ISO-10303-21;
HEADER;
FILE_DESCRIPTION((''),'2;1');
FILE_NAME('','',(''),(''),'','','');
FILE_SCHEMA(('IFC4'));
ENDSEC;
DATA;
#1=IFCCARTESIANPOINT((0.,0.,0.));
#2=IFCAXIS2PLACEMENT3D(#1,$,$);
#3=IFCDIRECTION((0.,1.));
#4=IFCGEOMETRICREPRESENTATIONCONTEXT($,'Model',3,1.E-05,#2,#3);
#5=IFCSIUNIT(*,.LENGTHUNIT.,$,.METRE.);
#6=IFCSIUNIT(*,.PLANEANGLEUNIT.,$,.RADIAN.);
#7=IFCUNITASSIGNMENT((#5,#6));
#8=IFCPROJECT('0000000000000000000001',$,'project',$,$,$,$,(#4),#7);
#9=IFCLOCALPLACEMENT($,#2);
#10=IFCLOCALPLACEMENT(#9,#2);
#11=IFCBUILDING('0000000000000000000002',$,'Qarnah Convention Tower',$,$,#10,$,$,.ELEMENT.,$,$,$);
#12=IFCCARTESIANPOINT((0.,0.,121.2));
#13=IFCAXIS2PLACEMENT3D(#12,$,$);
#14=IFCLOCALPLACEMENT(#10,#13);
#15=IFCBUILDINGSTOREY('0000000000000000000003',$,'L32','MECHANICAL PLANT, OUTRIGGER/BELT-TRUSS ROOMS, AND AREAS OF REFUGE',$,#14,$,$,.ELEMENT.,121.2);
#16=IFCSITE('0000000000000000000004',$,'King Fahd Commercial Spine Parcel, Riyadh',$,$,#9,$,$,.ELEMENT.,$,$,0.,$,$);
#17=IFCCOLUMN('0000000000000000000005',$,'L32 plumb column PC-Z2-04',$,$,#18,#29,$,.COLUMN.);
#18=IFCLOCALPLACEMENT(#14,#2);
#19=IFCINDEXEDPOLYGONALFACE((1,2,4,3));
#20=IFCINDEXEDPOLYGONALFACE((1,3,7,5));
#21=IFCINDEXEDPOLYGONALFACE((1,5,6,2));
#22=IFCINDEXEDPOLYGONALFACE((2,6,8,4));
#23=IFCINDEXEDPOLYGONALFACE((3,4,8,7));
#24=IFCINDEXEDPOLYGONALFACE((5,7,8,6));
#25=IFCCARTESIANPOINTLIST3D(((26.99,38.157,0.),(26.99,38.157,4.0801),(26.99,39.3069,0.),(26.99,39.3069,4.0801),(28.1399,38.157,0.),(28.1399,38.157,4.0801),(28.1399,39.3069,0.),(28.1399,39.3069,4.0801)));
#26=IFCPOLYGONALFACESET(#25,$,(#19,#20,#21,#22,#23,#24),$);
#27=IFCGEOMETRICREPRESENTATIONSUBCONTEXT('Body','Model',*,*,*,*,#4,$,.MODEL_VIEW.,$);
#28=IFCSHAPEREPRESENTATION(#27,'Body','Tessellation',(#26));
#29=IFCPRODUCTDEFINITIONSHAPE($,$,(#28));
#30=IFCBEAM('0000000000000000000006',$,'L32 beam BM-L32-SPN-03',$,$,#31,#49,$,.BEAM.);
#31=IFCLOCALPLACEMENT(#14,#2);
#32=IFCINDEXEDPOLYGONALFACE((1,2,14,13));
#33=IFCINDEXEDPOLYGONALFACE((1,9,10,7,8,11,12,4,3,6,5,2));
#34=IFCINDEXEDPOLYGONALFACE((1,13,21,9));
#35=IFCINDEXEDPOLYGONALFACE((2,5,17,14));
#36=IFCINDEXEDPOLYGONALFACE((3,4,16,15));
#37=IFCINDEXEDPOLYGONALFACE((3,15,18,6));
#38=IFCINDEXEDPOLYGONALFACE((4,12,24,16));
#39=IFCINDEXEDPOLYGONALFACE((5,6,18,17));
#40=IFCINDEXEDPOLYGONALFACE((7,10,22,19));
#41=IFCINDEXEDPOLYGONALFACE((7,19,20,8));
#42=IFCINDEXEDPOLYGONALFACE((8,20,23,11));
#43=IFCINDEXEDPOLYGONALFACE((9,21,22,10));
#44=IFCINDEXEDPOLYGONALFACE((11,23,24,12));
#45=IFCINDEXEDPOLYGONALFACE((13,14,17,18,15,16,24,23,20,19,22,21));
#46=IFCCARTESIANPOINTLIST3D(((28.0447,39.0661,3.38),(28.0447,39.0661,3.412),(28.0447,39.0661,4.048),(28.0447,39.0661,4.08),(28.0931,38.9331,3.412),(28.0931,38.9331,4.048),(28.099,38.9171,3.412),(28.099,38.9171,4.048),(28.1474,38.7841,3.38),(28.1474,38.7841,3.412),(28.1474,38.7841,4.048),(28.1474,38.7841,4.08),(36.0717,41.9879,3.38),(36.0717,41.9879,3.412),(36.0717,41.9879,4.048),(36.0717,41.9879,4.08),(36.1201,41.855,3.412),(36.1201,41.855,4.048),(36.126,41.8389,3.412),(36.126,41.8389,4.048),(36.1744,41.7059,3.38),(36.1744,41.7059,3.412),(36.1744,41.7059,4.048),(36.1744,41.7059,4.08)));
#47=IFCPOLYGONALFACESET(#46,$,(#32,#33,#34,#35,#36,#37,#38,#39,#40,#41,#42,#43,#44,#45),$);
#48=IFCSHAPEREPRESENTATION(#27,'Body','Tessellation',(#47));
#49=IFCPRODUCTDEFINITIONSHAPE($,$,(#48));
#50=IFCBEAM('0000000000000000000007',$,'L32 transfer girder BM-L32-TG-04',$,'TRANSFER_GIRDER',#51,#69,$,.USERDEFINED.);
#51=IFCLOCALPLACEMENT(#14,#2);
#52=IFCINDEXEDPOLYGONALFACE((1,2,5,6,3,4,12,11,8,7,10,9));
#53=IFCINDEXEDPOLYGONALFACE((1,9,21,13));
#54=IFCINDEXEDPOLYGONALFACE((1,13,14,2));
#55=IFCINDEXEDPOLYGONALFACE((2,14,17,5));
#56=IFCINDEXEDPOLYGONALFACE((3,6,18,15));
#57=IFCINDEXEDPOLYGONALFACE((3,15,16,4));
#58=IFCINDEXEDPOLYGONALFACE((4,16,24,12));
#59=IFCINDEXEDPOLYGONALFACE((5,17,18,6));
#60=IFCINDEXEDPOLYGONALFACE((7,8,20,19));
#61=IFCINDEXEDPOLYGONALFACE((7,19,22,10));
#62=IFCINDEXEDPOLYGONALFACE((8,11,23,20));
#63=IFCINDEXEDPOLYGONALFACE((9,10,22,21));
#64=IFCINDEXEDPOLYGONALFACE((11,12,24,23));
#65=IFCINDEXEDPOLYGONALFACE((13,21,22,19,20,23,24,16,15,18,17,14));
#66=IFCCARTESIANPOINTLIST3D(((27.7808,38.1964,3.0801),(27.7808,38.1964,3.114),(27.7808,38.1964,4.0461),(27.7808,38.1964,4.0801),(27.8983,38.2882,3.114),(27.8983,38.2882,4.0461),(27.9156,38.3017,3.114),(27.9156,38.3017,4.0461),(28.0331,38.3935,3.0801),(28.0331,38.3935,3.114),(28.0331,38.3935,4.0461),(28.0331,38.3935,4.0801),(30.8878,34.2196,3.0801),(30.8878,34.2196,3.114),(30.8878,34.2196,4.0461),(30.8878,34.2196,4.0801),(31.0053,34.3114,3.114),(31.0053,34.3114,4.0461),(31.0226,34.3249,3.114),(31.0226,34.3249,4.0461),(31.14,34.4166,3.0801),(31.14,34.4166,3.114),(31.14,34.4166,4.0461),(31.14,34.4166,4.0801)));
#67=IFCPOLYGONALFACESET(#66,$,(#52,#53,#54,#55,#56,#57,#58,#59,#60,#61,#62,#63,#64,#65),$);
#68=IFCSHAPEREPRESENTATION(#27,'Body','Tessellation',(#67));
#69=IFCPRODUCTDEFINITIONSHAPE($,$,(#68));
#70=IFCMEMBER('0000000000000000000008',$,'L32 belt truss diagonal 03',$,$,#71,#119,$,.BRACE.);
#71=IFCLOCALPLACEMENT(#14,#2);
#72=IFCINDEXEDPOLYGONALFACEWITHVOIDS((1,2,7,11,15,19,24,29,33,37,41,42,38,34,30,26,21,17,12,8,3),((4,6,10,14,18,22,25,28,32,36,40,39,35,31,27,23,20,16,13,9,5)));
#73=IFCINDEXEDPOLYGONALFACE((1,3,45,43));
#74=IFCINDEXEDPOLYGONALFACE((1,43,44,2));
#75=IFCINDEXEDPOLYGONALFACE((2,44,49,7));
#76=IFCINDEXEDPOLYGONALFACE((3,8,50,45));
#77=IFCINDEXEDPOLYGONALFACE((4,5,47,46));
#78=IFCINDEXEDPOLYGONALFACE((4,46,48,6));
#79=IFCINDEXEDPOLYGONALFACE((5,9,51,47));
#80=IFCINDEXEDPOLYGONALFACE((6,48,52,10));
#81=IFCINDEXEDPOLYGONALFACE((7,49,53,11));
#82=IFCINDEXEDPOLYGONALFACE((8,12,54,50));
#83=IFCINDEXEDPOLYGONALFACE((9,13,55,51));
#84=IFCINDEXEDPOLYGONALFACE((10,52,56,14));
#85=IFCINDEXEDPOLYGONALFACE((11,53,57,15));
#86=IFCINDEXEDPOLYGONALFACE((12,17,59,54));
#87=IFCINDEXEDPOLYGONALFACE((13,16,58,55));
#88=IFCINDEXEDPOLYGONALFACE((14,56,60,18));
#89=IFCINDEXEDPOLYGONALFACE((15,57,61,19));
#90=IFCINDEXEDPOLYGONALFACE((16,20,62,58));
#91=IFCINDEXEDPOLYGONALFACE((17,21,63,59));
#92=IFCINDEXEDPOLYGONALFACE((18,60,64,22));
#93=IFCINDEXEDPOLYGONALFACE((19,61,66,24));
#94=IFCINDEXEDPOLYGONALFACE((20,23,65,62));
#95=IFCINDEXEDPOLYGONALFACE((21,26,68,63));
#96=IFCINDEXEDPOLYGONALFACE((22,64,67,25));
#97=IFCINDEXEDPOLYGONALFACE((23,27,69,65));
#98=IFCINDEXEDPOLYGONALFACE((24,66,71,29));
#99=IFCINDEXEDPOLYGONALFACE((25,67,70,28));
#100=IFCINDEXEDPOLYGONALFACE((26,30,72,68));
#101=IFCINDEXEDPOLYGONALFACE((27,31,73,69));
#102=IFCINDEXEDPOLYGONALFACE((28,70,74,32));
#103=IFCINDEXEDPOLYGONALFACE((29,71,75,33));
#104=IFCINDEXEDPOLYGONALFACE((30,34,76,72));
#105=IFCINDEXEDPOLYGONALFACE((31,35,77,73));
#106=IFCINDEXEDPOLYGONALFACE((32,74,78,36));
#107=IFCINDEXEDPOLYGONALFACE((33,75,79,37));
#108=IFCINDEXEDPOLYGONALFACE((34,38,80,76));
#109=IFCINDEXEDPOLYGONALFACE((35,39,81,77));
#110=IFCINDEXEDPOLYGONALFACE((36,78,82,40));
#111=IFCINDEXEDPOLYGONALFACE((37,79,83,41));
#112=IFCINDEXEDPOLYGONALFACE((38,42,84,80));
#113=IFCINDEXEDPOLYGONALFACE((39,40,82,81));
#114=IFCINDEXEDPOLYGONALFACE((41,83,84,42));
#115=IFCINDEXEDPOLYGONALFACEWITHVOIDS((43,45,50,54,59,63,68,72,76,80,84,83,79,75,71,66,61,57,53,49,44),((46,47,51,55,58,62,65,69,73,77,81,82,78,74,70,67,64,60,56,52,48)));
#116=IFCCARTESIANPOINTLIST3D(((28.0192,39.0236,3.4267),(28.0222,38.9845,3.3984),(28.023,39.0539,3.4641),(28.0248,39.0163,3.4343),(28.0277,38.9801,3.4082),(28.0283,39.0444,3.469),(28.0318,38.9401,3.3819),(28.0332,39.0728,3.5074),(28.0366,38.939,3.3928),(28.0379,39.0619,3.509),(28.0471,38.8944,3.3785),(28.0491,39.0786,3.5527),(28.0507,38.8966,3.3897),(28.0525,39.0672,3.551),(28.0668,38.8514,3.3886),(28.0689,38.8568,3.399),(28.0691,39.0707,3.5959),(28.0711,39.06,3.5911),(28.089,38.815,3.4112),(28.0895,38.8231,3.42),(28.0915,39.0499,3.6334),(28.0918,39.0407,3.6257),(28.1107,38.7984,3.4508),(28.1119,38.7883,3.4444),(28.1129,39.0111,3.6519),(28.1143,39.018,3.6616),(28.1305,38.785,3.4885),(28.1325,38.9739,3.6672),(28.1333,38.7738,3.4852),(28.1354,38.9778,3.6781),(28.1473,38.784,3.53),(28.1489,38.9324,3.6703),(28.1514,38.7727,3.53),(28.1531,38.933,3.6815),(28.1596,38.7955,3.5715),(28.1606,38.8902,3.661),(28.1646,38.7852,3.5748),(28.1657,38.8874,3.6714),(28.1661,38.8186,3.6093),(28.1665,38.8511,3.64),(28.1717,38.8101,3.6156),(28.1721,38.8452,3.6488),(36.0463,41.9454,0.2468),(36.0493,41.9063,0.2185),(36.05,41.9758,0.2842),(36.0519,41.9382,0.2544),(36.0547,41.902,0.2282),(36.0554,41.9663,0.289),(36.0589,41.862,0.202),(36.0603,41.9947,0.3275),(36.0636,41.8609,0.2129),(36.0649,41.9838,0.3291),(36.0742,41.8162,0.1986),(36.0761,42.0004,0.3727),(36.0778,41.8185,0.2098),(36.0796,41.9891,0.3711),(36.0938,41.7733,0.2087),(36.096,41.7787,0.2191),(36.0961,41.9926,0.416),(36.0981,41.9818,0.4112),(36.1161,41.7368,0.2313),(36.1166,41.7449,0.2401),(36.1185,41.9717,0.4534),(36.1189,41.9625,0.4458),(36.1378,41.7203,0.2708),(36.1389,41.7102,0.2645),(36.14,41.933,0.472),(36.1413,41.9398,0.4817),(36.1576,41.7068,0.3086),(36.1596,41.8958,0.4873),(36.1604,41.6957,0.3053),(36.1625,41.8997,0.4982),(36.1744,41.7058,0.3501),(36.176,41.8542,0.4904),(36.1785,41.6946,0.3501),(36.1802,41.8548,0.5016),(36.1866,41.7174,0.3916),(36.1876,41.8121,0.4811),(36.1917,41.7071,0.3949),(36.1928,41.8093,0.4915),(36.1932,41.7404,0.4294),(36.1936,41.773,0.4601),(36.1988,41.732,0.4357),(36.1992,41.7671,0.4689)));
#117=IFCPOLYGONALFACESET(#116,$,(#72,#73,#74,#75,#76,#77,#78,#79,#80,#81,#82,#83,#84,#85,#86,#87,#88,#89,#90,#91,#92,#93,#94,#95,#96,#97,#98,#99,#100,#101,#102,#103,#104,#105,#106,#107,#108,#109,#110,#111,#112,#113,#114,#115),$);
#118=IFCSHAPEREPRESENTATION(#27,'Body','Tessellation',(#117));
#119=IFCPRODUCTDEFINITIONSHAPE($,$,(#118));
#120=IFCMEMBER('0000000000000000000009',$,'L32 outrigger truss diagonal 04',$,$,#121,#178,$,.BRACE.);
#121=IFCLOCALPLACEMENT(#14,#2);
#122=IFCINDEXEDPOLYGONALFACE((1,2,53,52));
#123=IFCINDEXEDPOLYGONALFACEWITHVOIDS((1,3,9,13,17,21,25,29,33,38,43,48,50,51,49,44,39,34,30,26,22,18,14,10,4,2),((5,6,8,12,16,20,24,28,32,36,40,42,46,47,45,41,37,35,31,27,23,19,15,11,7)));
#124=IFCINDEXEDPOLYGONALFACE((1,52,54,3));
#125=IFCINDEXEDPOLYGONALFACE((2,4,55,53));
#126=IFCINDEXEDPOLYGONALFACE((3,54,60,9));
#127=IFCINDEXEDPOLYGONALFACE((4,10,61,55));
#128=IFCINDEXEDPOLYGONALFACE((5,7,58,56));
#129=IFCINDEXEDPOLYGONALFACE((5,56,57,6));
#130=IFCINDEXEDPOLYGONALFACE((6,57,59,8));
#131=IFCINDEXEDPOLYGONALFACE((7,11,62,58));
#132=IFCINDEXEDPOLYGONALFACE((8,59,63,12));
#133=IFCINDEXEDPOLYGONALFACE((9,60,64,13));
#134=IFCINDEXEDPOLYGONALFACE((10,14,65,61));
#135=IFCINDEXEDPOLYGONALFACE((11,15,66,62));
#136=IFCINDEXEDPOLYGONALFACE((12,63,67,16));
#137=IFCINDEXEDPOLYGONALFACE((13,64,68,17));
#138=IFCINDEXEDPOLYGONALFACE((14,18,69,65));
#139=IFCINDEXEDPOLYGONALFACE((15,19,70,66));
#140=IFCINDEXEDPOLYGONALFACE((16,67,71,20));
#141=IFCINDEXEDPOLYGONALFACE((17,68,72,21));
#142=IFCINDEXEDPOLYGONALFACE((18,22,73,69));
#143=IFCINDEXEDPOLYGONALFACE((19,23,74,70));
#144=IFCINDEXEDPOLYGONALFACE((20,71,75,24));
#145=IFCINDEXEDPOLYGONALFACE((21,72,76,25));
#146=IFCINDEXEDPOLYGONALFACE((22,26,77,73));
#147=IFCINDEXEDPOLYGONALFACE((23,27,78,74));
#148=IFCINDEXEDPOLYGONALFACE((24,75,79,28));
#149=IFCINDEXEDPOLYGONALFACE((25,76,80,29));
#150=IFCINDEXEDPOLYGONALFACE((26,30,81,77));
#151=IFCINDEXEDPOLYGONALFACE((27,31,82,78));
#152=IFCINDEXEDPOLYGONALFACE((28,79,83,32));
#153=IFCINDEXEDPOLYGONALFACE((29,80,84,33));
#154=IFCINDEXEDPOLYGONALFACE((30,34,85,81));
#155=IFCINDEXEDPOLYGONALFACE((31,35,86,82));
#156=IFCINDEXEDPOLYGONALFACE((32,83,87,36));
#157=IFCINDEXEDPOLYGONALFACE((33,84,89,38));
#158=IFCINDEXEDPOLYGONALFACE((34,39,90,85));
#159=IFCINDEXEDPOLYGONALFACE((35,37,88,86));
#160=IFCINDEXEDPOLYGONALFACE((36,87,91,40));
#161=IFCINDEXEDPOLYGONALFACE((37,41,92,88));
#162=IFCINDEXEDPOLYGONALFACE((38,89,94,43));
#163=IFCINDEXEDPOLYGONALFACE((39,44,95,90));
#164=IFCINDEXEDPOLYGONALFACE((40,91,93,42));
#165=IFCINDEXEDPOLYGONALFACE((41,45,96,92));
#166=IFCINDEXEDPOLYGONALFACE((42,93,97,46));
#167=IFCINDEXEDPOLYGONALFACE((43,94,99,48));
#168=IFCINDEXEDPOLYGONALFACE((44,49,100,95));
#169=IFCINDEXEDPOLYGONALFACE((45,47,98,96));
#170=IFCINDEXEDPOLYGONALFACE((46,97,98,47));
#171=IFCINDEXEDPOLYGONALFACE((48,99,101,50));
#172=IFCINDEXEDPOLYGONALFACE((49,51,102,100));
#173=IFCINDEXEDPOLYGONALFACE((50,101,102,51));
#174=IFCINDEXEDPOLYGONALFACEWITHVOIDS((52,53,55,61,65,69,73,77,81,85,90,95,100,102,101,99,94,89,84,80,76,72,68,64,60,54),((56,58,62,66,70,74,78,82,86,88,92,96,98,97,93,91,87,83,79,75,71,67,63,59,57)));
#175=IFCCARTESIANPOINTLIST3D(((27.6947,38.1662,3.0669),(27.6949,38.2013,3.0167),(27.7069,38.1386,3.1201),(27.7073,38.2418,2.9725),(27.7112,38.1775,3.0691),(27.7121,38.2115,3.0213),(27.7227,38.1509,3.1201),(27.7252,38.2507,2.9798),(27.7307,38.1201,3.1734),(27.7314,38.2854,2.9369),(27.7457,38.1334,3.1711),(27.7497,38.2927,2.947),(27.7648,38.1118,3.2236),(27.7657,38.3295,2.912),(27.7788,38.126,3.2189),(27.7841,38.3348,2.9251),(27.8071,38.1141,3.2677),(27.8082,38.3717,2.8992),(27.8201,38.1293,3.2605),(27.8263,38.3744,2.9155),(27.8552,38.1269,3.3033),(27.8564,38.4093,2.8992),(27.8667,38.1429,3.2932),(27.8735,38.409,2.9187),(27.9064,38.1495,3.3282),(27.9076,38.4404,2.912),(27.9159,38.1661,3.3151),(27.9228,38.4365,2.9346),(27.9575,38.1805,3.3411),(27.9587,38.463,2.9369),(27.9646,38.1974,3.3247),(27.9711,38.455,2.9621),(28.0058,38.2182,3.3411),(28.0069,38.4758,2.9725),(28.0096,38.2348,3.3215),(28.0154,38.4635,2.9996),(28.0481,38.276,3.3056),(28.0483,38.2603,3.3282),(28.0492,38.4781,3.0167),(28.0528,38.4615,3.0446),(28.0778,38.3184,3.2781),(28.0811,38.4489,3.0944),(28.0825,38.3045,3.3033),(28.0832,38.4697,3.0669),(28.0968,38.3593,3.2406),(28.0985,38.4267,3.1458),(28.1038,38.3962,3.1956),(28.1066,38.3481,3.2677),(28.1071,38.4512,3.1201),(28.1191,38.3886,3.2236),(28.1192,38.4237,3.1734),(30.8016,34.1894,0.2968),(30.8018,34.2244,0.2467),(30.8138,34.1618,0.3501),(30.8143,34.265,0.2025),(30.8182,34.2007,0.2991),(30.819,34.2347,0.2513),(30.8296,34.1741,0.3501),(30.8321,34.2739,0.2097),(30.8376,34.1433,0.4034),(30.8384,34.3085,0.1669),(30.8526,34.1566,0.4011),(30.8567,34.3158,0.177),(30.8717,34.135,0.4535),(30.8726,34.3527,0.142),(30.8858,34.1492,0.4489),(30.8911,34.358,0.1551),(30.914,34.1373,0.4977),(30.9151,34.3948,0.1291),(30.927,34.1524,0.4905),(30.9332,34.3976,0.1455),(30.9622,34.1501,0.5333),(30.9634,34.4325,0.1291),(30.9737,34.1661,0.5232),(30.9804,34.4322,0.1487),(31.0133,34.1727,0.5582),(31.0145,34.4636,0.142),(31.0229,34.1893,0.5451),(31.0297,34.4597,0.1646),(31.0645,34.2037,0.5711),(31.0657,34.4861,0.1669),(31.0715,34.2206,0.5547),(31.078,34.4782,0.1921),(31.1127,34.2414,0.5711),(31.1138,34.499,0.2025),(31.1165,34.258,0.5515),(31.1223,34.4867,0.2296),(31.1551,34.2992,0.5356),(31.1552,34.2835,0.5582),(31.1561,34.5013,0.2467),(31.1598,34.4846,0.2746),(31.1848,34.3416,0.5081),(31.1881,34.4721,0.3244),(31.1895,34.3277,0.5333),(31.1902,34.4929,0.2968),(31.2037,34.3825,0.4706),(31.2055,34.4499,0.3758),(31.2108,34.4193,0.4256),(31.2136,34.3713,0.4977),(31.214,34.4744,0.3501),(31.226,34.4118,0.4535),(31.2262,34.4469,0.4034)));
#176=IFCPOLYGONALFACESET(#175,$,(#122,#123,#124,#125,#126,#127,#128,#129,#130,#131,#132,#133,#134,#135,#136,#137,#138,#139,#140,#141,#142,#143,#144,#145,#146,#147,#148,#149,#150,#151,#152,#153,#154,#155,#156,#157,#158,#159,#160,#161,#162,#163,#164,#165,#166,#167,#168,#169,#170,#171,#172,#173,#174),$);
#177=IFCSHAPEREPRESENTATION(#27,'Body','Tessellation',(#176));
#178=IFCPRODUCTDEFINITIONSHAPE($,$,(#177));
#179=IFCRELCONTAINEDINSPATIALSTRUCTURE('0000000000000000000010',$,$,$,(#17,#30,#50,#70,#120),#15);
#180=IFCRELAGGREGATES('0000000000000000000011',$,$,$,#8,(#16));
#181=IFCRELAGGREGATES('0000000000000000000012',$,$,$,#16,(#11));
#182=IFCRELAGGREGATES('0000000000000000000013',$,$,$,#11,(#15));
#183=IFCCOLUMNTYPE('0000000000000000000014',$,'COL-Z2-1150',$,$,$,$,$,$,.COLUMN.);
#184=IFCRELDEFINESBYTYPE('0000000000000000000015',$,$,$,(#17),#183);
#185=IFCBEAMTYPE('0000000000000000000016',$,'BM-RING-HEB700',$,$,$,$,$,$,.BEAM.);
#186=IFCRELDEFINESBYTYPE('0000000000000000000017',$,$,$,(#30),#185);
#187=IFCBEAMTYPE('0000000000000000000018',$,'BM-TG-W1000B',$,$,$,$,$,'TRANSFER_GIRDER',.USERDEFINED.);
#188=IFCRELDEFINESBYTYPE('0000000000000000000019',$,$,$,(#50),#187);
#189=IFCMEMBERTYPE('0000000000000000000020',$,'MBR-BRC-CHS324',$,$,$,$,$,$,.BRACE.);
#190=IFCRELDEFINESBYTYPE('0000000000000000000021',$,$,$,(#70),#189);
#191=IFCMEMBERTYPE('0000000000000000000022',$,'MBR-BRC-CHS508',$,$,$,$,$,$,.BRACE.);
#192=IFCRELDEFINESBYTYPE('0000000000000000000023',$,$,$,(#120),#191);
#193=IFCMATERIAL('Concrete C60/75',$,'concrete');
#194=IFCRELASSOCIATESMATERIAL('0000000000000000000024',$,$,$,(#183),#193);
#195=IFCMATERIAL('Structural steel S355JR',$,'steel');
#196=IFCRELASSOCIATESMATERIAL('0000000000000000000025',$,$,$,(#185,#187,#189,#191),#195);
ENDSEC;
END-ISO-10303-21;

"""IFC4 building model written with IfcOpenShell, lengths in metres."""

from ifc_helpers import new_model, si_unit, direction, frame, origin, origin_2d, place, context, subcontext, project, spatial, rectangle, hollow_circle, i_section, extrude, material, material_profile, profile_set, type_object, element, save


model = new_model("IFC4")

# Units and contexts
model_context = context("Model", 3, precision=1e-05, world=origin(), true_north=direction((0.0, 1.0)))
body_context = subcontext(model_context, "Body", "Model", "MODEL_VIEW")
ifc_project = project(units=[si_unit("LENGTHUNIT", "METRE"), si_unit("PLANEANGLEUNIT", "RADIAN")], contexts=[model_context])

# Site, building, storey
site_placement = place(None, origin())
site = spatial("IfcSite", under=ifc_project, at=site_placement, Name="King Fahd Commercial Spine Parcel, Riyadh", CompositionType="ELEMENT", RefElevation=0.0)
building_placement = place(site_placement, origin())
building = spatial("IfcBuilding", under=site, at=building_placement, Name="Qarnah Convention Tower", CompositionType="ELEMENT")
storey_placement = place(building_placement, frame((0.0, 0.0, 121.2)))
storey = spatial("IfcBuildingStorey", under=building, at=storey_placement, Name="L32", Description="MECHANICAL PLANT, OUTRIGGER/BELT-TRUSS ROOMS, AND AREAS OF REFUGE", CompositionType="ELEMENT", Elevation=121.2)

# Column
ifc_material_1 = material(Name="Concrete C60/75", Category="concrete")
ifc_material_profile_1 = material_profile(ifc_material_1, rectangle(XDim=1.1499, YDim=1.1499, at=origin_2d()), Name="RC-COL-1150X1150")
ifc_profile_set_1 = profile_set([ifc_material_profile_1], Name="Concrete C60/75")
column_type = type_object("IfcColumnType", Name="COL-Z2-1150", PredefinedType="COLUMN", material=ifc_profile_set_1)
column_placement = place(storey_placement, frame((27.5649, 38.7319, 0.0), z_axis=(0.0, 0.0, 1.0), x_axis=(1.0, 0.0, 0.0)))
element("IfcColumn", 1, at=column_placement, inside=storey, type_object=column_type, Name="L32 plumb column PC-Z2-04", PredefinedType="COLUMN", context=body_context, shape_type="SweptSolid", body=[
    extrude(rectangle(XDim=1.1499, YDim=1.1499, at=origin_2d()), origin(), (0.0, 0.0, 1.0), 4.0801),
])

# Beams
ifc_material_2 = material(Name="Structural steel S355JR", Category="steel")
ifc_material_profile_2 = material_profile(ifc_material_2, i_section(OverallWidth=0.3, OverallDepth=0.7, WebThickness=0.0171, FlangeThickness=0.032, at=origin_2d()), Name="HEB700")
ifc_profile_set_2 = profile_set([ifc_material_profile_2], Name="Structural steel S355JR")
beam_type_1 = type_object("IfcBeamType", Name="BM-RING-HEB700", PredefinedType="BEAM", material=ifc_profile_set_2)
beam_1_placement = place(storey_placement, frame((36.123, 41.8469, 3.73), z_axis=(-0.939683, -0.342046, 0.0), x_axis=(0.342046, -0.939683, 0.0)))
element("IfcBeam", 2, at=beam_1_placement, inside=storey, type_object=beam_type_1, Name="L32 beam BM-L32-SPN-03", PredefinedType="BEAM", context=body_context, shape_type="SweptSolid", body=[
    extrude(i_section(OverallWidth=0.3, OverallDepth=0.7, WebThickness=0.0171, FlangeThickness=0.032, at=origin_2d()), origin(), (0.0, 0.0, 1.0), 8.5422),
])
ifc_material_profile_3 = material_profile(ifc_material_2, i_section(OverallWidth=0.3201, OverallDepth=1.0, WebThickness=0.022, FlangeThickness=0.0339, at=origin_2d()), Name="W1000X371")
ifc_profile_set_3 = profile_set([ifc_material_profile_3], Name="Structural steel S355JR")
beam_type_2 = type_object("IfcBeamType", Name="BM-TG-W1000B", ElementType="TRANSFER_GIRDER", PredefinedType="USERDEFINED", material=ifc_profile_set_3)
beam_2_placement = place(storey_placement, frame((31.0139, 34.3181, 3.5801), z_axis=(-0.615651, 0.788019, 0.0), x_axis=(-0.788019, -0.615651, 0.0)))
element("IfcBeam", 3, at=beam_2_placement, inside=storey, type_object=beam_type_2, Name="L32 transfer girder BM-L32-TG-04", ObjectType="TRANSFER_GIRDER", PredefinedType="USERDEFINED", context=body_context, shape_type="SweptSolid", body=[
    extrude(i_section(OverallWidth=0.3201, OverallDepth=1.0, WebThickness=0.022, FlangeThickness=0.0339, at=origin_2d()), origin(), (0.0, 0.0, 1.0), 5.0466),
])

# Members
ifc_material_profile_4 = material_profile(ifc_material_2, hollow_circle(Radius=0.1621, WallThickness=0.012, at=origin_2d()), Name="CHS324X12")
ifc_profile_set_4 = profile_set([ifc_material_profile_4], Name="Structural steel S355JR")
member_type_1 = type_object("IfcMemberType", Name="MBR-BRC-CHS324", PredefinedType="BRACE", material=ifc_profile_set_4)
member_1_placement = place(storey_placement, frame((36.123, 41.8469, 0.3501), z_axis=(-0.880645, -0.320556, 0.348867), x_axis=(0.342046, -0.939683, 0.0)))
element("IfcMember", 4, at=member_1_placement, inside=storey, type_object=member_type_1, Name="L32 belt truss diagonal 03", PredefinedType="BRACE", context=body_context, shape_type="SweptSolid", body=[
    extrude(hollow_circle(Radius=0.1621, WallThickness=0.012, at=origin_2d()), origin(), (0.0, 0.0, 1.0), 9.115),
])
ifc_material_profile_5 = material_profile(ifc_material_2, hollow_circle(Radius=0.2539, WallThickness=0.02, at=origin_2d()), Name="CHS508X20")
ifc_profile_set_5 = profile_set([ifc_material_profile_5], Name="Structural steel S355JR")
member_type_2 = type_object("IfcMemberType", Name="MBR-BRC-CHS508", PredefinedType="BRACE", material=ifc_profile_set_5)
member_2_placement = place(storey_placement, frame((31.0139, 34.3181, 0.3501), z_axis=(-0.539696, 0.690799, 0.481171), x_axis=(-0.788019, -0.615651, 0.0)))
element("IfcMember", 5, at=member_2_placement, inside=storey, type_object=member_type_2, Name="L32 outrigger truss diagonal 04", PredefinedType="BRACE", context=body_context, shape_type="SweptSolid", body=[
    extrude(hollow_circle(Radius=0.2539, WallThickness=0.02, at=origin_2d()), origin(), (0.0, 0.0, 1.0), 5.7568),
])

save(model, "model.ifc")
